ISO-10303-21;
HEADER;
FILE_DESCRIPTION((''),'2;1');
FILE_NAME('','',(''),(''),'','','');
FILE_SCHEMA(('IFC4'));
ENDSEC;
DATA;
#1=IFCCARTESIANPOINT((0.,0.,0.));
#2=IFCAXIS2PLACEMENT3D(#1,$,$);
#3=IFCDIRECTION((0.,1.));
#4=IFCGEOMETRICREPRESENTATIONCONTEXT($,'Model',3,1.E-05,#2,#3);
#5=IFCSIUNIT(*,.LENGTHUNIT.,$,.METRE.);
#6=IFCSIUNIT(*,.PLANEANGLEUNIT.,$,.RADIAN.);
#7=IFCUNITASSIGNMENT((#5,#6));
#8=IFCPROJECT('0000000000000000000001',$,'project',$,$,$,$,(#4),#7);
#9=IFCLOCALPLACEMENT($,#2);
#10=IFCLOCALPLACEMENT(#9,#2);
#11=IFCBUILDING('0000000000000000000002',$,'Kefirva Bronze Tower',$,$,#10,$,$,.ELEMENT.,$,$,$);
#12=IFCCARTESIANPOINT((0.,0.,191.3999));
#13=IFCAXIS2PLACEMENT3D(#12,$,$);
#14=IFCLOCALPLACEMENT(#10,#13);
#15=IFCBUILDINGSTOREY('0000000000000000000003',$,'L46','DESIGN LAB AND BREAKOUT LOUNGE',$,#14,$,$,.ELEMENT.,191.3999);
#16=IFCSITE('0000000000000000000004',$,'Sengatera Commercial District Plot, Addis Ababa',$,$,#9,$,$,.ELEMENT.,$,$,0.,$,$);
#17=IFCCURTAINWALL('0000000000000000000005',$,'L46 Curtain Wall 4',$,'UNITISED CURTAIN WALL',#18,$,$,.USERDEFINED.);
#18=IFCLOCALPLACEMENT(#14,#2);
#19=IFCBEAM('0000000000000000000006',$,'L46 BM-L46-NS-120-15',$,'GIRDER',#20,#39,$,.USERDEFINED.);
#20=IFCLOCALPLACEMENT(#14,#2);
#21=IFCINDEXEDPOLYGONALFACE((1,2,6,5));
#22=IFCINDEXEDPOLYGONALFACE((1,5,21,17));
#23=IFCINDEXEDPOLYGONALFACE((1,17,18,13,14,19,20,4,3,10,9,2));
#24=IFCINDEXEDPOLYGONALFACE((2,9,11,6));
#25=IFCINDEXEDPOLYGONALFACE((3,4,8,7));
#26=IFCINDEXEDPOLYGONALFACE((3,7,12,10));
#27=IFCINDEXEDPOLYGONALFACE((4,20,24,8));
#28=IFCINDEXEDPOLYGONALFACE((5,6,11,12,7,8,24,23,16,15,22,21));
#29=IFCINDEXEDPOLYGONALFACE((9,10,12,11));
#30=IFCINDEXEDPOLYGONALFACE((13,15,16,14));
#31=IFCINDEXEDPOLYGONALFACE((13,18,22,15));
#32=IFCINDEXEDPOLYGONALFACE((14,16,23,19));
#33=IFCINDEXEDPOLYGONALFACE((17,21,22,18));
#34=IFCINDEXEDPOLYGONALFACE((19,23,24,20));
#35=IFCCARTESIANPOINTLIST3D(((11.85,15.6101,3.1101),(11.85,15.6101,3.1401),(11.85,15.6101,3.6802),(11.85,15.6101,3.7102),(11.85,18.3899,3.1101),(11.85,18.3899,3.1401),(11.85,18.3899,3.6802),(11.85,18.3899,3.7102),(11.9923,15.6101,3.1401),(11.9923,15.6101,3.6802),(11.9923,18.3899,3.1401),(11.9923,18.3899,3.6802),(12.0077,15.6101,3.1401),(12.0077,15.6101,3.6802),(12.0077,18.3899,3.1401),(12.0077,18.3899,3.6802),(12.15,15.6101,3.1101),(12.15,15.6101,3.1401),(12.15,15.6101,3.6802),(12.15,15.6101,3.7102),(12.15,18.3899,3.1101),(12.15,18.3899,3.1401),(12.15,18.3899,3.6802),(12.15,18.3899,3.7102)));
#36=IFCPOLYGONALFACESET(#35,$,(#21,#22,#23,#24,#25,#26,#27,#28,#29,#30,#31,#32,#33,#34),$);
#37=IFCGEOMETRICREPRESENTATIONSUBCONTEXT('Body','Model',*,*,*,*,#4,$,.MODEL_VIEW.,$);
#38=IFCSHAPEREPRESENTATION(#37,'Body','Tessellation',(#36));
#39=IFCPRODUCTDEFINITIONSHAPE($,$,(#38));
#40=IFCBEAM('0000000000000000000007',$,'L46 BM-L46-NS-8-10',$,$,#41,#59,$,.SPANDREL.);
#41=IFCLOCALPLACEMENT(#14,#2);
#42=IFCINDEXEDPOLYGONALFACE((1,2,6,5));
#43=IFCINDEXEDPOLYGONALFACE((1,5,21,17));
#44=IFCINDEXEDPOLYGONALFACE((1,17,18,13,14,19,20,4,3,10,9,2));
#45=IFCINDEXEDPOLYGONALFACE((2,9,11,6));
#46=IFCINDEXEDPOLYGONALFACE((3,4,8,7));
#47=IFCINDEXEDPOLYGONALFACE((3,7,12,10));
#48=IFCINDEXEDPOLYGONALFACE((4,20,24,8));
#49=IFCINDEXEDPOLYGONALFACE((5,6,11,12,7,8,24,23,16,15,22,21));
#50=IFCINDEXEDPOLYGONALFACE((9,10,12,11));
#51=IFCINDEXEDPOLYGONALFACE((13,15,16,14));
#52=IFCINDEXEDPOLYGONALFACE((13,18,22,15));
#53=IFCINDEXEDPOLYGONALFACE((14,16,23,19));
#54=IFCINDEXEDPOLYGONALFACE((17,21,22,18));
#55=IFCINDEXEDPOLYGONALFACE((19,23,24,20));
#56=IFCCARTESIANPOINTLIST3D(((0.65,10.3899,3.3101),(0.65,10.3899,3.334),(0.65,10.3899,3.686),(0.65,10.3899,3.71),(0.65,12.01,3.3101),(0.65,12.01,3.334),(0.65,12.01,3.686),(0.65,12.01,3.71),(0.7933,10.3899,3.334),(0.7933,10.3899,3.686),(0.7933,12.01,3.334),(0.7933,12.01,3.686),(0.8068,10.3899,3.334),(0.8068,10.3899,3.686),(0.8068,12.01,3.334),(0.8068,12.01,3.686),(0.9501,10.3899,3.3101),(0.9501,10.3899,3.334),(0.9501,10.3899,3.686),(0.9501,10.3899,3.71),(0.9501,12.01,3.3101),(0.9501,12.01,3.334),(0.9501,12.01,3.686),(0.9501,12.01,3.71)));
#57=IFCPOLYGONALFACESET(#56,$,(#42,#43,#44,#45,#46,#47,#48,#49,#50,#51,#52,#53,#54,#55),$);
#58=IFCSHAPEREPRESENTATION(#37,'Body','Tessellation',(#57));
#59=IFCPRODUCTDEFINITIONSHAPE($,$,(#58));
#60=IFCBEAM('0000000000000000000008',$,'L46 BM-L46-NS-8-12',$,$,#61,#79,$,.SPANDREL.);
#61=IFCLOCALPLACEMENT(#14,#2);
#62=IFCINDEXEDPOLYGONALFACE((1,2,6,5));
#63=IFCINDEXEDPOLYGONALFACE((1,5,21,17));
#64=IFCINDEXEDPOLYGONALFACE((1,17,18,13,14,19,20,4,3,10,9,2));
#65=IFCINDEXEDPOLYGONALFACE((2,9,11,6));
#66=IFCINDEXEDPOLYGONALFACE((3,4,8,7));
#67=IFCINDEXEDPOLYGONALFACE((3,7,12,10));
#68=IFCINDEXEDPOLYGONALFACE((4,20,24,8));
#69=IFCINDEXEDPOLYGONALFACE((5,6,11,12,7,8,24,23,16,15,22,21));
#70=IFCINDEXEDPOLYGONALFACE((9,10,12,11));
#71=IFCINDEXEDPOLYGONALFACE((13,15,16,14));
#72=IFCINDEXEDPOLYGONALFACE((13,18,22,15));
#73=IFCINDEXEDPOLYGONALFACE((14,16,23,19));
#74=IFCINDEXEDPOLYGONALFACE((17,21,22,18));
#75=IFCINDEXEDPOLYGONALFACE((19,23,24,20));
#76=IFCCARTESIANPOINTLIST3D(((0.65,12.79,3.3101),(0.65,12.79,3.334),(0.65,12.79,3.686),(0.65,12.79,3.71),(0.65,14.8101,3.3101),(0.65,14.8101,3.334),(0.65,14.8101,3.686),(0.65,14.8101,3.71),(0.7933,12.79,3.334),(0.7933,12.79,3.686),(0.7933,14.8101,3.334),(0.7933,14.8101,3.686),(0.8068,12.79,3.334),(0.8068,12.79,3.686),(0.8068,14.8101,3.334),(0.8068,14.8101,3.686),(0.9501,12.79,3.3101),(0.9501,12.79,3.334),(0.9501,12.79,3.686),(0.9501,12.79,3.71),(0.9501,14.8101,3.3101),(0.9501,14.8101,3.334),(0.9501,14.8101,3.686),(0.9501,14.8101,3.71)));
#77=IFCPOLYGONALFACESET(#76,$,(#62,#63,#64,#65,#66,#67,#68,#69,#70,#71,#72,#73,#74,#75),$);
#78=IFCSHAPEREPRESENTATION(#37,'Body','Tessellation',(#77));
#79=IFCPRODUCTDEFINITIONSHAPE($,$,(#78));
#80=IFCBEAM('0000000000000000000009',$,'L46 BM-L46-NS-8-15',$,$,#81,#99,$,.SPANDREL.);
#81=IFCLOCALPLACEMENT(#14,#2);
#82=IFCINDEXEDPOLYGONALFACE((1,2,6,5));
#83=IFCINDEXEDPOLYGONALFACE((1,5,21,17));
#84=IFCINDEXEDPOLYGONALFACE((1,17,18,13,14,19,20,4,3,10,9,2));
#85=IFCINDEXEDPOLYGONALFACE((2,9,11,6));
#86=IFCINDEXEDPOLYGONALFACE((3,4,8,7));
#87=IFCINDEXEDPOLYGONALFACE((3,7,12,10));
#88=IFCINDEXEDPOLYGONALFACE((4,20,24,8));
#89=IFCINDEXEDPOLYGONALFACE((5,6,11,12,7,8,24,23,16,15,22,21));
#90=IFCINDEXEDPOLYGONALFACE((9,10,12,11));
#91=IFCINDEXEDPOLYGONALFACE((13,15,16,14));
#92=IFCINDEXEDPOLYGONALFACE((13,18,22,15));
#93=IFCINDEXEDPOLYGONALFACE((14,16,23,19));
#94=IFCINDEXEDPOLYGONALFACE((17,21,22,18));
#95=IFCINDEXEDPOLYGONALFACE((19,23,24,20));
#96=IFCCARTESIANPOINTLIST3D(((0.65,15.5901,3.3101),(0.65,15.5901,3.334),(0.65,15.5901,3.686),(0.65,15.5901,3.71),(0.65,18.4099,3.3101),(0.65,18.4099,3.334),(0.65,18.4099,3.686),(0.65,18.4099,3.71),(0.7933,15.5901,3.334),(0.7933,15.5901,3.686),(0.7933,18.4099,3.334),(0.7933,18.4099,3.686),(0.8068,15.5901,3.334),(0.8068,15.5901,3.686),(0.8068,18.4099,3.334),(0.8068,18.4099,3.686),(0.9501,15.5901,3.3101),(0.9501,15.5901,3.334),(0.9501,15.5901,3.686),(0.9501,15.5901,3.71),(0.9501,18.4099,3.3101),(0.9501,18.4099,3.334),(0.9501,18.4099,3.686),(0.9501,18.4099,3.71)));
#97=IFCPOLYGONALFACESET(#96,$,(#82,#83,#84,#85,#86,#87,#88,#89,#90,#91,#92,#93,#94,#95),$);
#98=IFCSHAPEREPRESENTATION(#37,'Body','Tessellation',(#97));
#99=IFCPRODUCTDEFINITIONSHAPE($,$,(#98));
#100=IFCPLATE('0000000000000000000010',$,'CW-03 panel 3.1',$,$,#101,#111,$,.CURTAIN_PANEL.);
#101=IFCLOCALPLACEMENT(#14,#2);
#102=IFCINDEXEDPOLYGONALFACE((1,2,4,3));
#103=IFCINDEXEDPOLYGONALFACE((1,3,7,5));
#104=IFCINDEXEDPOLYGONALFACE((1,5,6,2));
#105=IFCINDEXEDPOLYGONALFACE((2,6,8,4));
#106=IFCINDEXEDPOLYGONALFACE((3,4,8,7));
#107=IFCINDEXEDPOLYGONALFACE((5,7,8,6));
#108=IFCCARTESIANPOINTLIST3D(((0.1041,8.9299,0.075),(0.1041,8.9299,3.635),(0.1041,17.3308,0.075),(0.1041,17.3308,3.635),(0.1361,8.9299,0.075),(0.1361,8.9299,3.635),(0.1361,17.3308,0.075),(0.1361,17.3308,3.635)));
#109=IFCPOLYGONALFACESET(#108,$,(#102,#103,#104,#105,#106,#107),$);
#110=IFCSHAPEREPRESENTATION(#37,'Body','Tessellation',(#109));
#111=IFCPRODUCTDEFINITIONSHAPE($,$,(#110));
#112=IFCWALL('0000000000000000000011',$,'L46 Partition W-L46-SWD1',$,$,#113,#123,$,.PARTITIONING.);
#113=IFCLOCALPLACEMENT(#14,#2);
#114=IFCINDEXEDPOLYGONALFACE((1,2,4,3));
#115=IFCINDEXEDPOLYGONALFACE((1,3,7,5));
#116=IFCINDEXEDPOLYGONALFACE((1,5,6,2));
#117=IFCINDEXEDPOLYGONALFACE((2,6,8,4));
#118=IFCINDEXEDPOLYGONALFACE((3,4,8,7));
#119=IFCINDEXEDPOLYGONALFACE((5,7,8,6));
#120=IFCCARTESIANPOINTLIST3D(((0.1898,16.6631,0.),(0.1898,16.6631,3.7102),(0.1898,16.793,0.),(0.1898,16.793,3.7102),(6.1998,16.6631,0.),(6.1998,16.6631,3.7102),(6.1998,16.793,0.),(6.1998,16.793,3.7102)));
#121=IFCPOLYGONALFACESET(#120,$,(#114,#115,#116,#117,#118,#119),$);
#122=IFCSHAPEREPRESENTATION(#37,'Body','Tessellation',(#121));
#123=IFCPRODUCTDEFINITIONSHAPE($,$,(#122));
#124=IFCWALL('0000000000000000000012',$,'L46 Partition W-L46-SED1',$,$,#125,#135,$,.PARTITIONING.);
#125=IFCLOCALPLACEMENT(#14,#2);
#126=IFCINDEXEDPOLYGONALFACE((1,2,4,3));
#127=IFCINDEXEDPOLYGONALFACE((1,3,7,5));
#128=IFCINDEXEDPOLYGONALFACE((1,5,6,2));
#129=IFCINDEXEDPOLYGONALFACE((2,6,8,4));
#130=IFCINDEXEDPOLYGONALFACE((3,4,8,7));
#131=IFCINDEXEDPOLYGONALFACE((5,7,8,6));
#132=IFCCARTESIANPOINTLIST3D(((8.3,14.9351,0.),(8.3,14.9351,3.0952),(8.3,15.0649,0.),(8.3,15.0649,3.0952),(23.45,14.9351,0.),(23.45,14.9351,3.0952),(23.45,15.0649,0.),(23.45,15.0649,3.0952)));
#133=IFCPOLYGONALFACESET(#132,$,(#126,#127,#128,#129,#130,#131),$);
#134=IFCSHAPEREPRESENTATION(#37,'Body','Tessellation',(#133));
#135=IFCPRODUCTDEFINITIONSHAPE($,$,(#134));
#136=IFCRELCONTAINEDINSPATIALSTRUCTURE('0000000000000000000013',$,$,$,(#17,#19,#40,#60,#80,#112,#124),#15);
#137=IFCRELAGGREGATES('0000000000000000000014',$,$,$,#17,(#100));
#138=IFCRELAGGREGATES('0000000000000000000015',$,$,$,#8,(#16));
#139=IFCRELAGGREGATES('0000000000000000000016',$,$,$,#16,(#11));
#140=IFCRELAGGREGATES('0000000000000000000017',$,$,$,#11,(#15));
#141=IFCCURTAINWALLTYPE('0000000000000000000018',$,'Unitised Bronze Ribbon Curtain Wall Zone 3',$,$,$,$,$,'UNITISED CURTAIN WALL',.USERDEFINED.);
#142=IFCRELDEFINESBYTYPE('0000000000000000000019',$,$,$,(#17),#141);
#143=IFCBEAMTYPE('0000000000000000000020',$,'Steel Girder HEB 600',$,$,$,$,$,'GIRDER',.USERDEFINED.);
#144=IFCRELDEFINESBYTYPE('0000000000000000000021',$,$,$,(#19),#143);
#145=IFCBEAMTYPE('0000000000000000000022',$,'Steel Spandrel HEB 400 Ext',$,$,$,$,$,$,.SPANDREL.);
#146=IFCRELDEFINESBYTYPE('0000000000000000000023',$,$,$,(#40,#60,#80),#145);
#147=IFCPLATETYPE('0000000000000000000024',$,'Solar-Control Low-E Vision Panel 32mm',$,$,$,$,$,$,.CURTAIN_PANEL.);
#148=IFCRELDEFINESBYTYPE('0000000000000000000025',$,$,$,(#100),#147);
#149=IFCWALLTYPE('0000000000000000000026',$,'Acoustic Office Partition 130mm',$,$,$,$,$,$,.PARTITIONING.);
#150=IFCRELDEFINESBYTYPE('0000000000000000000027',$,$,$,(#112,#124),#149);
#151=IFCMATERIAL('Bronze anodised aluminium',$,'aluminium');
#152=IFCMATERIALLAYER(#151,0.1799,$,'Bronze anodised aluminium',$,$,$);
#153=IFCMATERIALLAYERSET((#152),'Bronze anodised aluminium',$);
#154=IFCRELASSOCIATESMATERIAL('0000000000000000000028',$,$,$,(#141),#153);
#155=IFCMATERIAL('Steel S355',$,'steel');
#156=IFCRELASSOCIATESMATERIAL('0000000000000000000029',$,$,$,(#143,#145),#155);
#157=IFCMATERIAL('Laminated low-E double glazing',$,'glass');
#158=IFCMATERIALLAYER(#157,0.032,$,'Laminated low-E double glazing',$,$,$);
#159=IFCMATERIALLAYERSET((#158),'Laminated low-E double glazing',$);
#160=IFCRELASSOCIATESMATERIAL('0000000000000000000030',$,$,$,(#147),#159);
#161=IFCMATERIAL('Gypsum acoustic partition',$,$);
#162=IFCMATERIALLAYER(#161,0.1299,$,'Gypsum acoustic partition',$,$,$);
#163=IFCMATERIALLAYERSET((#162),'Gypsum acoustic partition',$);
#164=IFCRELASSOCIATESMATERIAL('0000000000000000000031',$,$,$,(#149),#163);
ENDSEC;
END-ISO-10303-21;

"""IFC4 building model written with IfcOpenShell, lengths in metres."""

from ifc_helpers import new_model, si_unit, direction, frame, frame_2d, origin, origin_2d, place, context, subcontext, project, spatial, rectangle, i_section, extrude, material, layer, layer_set, material_profile, profile_set, type_object, element, aggregate, save


model = new_model("IFC4")

# Units and contexts
model_context = context("Model", 3, precision=1e-05, world=origin(), true_north=direction((0.0, 1.0)))
body_context = subcontext(model_context, "Body", "Model", "MODEL_VIEW")
ifc_project = project(units=[si_unit("LENGTHUNIT", "METRE"), si_unit("PLANEANGLEUNIT", "RADIAN")], contexts=[model_context])

# Site, building, storey
site_placement = place(None, origin())
site = spatial("IfcSite", under=ifc_project, at=site_placement, Name="Sengatera Commercial District Plot, Addis Ababa", CompositionType="ELEMENT", RefElevation=0.0)
building_placement = place(site_placement, origin())
building = spatial("IfcBuilding", under=site, at=building_placement, Name="Kefirva Bronze Tower", CompositionType="ELEMENT")
storey_placement = place(building_placement, frame((0.0, 0.0, 191.3999)))
storey = spatial("IfcBuildingStorey", under=building, at=storey_placement, Name="L46", Description="DESIGN LAB AND BREAKOUT LOUNGE", CompositionType="ELEMENT", Elevation=191.3999)

# Curtain wall
ifc_material_1 = material(Name="Bronze anodised aluminium", Category="aluminium")
ifc_layer_1 = layer(ifc_material_1, 0.1799, Name="Bronze anodised aluminium")
ifc_layer_set_1 = layer_set([ifc_layer_1], Name="Bronze anodised aluminium")
curtain_wall_type = type_object("IfcCurtainWallType", Name="Unitised Bronze Ribbon Curtain Wall Zone 3", ElementType="UNITISED CURTAIN WALL", PredefinedType="USERDEFINED", material=ifc_layer_set_1)
curtain_wall_placement = place(storey_placement, origin())
curtain_wall = element("IfcCurtainWall", 1, at=curtain_wall_placement, inside=storey, type_object=curtain_wall_type, Name="L46 Curtain Wall 4", ObjectType="UNITISED CURTAIN WALL", PredefinedType="USERDEFINED")

# Beams
ifc_material_2 = material(Name="Steel S355", Category="steel")
ifc_material_profile_1 = material_profile(ifc_material_2, i_section(OverallWidth=0.3, OverallDepth=0.6001, WebThickness=0.0154, FlangeThickness=0.03, at=origin_2d()), Name="HEB 600")
ifc_profile_set_1 = profile_set([ifc_material_profile_1], Name="Steel S355")
beam_type_1 = type_object("IfcBeamType", Name="Steel Girder HEB 600", ElementType="GIRDER", PredefinedType="USERDEFINED", material=ifc_profile_set_1)
beam_1_placement = place(storey_placement, frame((12.0, 15.6101, 3.4102), z_axis=(0.0, 1.0, 0.0), x_axis=(-1.0, 0.0, 0.0)))
element("IfcBeam", 2, at=beam_1_placement, inside=storey, type_object=beam_type_1, Name="L46 BM-L46-NS-120-15", ObjectType="GIRDER", PredefinedType="USERDEFINED", context=body_context, shape_type="SweptSolid", body=[
    extrude(i_section(OverallWidth=0.3, OverallDepth=0.6001, WebThickness=0.0154, FlangeThickness=0.03, at=origin_2d()), origin(), (0.0, 0.0, 1.0), 2.7798),
])
ifc_material_profile_2 = material_profile(ifc_material_2, i_section(OverallWidth=0.3, OverallDepth=0.3999, WebThickness=0.0134, FlangeThickness=0.0239, at=origin_2d()), Name="HEB 400")
ifc_profile_set_2 = profile_set([ifc_material_profile_2], Name="Steel S355")
beam_type_2 = type_object("IfcBeamType", Name="Steel Spandrel HEB 400 Ext", PredefinedType="SPANDREL", material=ifc_profile_set_2)
beam_2_placement = place(storey_placement, frame((0.8, 10.3899, 3.51), z_axis=(0.0, 1.0, 0.0), x_axis=(-1.0, 0.0, 0.0)))
element("IfcBeam", 3, at=beam_2_placement, inside=storey, type_object=beam_type_2, Name="L46 BM-L46-NS-8-10", PredefinedType="SPANDREL", context=body_context, shape_type="SweptSolid", body=[
    extrude(i_section(OverallWidth=0.3, OverallDepth=0.3999, WebThickness=0.0134, FlangeThickness=0.0239, at=origin_2d()), origin(), (0.0, 0.0, 1.0), 1.6201),
])
beam_3_placement = place(storey_placement, frame((0.8, 12.79, 3.51), z_axis=(0.0, 1.0, 0.0), x_axis=(-1.0, 0.0, 0.0)))
element("IfcBeam", 4, at=beam_3_placement, inside=storey, type_object=beam_type_2, Name="L46 BM-L46-NS-8-12", PredefinedType="SPANDREL", context=body_context, shape_type="SweptSolid", body=[
    extrude(i_section(OverallWidth=0.3, OverallDepth=0.3999, WebThickness=0.0134, FlangeThickness=0.0239, at=origin_2d()), origin(), (0.0, 0.0, 1.0), 2.02),
])
beam_4_placement = place(storey_placement, frame((0.8, 15.5901, 3.51), z_axis=(0.0, 1.0, 0.0), x_axis=(-1.0, 0.0, 0.0)))
element("IfcBeam", 5, at=beam_4_placement, inside=storey, type_object=beam_type_2, Name="L46 BM-L46-NS-8-15", PredefinedType="SPANDREL", context=body_context, shape_type="SweptSolid", body=[
    extrude(i_section(OverallWidth=0.3, OverallDepth=0.3999, WebThickness=0.0134, FlangeThickness=0.0239, at=origin_2d()), origin(), (0.0, 0.0, 1.0), 2.8198),
])

# Plate
ifc_material_3 = material(Name="Laminated low-E double glazing", Category="glass")
ifc_layer_2 = layer(ifc_material_3, 0.032, Name="Laminated low-E double glazing")
ifc_layer_set_2 = layer_set([ifc_layer_2], Name="Laminated low-E double glazing")
plate_type = type_object("IfcPlateType", Name="Solar-Control Low-E Vision Panel 32mm", PredefinedType="CURTAIN_PANEL", material=ifc_layer_set_2)
plate_placement = place(storey_placement, frame((0.1201, 13.1304, 0.075), z_axis=(0.0, 0.0, 1.0), x_axis=(0.0, -1.0, 0.0)))
plate = element("IfcPlate", 6, at=plate_placement, type_object=plate_type, Name="CW-03 panel 3.1", PredefinedType="CURTAIN_PANEL", context=body_context, shape_type="SweptSolid", body=[
    extrude(rectangle(XDim=8.4009, YDim=0.032, at=origin_2d()), origin(), (0.0, 0.0, 1.0), 3.5601),
])
aggregate(curtain_wall, [plate])

# Walls
ifc_material_4 = material(Name="Gypsum acoustic partition")
ifc_layer_3 = layer(ifc_material_4, 0.1299, Name="Gypsum acoustic partition")
ifc_layer_set_3 = layer_set([ifc_layer_3], Name="Gypsum acoustic partition")
wall_type_1 = type_object("IfcWallType", Name="Acoustic Office Partition 130mm", PredefinedType="PARTITIONING", material=ifc_layer_set_3)
wall_1_placement = place(storey_placement, frame((0.1899, 16.728, 0.0), z_axis=(0.0, 0.0, 1.0), x_axis=(1.0, 0.0, 0.0)))
element("IfcWall", 7, at=wall_1_placement, inside=storey, type_object=wall_type_1, Name="L46 Partition W-L46-SWD1", PredefinedType="PARTITIONING", context=body_context, shape_type="SweptSolid", body=[
    extrude(rectangle(XDim=6.01, YDim=0.1299, at=frame_2d((3.0049, 0.0))), origin(), (0.0, 0.0, 1.0), 3.7102),
])
wall_2_placement = place(storey_placement, frame((8.3, 15.0, 0.0), z_axis=(0.0, 0.0, 1.0), x_axis=(1.0, 0.0, 0.0)))
element("IfcWall", 8, at=wall_2_placement, inside=storey, type_object=wall_type_1, Name="L46 Partition W-L46-SED1", PredefinedType="PARTITIONING", context=body_context, shape_type="SweptSolid", body=[
    extrude(rectangle(XDim=15.1499, YDim=0.1299, at=frame_2d((7.575, 0.0))), origin(), (0.0, 0.0, 1.0), 3.0952),
])

save(model, "model.ifc")
